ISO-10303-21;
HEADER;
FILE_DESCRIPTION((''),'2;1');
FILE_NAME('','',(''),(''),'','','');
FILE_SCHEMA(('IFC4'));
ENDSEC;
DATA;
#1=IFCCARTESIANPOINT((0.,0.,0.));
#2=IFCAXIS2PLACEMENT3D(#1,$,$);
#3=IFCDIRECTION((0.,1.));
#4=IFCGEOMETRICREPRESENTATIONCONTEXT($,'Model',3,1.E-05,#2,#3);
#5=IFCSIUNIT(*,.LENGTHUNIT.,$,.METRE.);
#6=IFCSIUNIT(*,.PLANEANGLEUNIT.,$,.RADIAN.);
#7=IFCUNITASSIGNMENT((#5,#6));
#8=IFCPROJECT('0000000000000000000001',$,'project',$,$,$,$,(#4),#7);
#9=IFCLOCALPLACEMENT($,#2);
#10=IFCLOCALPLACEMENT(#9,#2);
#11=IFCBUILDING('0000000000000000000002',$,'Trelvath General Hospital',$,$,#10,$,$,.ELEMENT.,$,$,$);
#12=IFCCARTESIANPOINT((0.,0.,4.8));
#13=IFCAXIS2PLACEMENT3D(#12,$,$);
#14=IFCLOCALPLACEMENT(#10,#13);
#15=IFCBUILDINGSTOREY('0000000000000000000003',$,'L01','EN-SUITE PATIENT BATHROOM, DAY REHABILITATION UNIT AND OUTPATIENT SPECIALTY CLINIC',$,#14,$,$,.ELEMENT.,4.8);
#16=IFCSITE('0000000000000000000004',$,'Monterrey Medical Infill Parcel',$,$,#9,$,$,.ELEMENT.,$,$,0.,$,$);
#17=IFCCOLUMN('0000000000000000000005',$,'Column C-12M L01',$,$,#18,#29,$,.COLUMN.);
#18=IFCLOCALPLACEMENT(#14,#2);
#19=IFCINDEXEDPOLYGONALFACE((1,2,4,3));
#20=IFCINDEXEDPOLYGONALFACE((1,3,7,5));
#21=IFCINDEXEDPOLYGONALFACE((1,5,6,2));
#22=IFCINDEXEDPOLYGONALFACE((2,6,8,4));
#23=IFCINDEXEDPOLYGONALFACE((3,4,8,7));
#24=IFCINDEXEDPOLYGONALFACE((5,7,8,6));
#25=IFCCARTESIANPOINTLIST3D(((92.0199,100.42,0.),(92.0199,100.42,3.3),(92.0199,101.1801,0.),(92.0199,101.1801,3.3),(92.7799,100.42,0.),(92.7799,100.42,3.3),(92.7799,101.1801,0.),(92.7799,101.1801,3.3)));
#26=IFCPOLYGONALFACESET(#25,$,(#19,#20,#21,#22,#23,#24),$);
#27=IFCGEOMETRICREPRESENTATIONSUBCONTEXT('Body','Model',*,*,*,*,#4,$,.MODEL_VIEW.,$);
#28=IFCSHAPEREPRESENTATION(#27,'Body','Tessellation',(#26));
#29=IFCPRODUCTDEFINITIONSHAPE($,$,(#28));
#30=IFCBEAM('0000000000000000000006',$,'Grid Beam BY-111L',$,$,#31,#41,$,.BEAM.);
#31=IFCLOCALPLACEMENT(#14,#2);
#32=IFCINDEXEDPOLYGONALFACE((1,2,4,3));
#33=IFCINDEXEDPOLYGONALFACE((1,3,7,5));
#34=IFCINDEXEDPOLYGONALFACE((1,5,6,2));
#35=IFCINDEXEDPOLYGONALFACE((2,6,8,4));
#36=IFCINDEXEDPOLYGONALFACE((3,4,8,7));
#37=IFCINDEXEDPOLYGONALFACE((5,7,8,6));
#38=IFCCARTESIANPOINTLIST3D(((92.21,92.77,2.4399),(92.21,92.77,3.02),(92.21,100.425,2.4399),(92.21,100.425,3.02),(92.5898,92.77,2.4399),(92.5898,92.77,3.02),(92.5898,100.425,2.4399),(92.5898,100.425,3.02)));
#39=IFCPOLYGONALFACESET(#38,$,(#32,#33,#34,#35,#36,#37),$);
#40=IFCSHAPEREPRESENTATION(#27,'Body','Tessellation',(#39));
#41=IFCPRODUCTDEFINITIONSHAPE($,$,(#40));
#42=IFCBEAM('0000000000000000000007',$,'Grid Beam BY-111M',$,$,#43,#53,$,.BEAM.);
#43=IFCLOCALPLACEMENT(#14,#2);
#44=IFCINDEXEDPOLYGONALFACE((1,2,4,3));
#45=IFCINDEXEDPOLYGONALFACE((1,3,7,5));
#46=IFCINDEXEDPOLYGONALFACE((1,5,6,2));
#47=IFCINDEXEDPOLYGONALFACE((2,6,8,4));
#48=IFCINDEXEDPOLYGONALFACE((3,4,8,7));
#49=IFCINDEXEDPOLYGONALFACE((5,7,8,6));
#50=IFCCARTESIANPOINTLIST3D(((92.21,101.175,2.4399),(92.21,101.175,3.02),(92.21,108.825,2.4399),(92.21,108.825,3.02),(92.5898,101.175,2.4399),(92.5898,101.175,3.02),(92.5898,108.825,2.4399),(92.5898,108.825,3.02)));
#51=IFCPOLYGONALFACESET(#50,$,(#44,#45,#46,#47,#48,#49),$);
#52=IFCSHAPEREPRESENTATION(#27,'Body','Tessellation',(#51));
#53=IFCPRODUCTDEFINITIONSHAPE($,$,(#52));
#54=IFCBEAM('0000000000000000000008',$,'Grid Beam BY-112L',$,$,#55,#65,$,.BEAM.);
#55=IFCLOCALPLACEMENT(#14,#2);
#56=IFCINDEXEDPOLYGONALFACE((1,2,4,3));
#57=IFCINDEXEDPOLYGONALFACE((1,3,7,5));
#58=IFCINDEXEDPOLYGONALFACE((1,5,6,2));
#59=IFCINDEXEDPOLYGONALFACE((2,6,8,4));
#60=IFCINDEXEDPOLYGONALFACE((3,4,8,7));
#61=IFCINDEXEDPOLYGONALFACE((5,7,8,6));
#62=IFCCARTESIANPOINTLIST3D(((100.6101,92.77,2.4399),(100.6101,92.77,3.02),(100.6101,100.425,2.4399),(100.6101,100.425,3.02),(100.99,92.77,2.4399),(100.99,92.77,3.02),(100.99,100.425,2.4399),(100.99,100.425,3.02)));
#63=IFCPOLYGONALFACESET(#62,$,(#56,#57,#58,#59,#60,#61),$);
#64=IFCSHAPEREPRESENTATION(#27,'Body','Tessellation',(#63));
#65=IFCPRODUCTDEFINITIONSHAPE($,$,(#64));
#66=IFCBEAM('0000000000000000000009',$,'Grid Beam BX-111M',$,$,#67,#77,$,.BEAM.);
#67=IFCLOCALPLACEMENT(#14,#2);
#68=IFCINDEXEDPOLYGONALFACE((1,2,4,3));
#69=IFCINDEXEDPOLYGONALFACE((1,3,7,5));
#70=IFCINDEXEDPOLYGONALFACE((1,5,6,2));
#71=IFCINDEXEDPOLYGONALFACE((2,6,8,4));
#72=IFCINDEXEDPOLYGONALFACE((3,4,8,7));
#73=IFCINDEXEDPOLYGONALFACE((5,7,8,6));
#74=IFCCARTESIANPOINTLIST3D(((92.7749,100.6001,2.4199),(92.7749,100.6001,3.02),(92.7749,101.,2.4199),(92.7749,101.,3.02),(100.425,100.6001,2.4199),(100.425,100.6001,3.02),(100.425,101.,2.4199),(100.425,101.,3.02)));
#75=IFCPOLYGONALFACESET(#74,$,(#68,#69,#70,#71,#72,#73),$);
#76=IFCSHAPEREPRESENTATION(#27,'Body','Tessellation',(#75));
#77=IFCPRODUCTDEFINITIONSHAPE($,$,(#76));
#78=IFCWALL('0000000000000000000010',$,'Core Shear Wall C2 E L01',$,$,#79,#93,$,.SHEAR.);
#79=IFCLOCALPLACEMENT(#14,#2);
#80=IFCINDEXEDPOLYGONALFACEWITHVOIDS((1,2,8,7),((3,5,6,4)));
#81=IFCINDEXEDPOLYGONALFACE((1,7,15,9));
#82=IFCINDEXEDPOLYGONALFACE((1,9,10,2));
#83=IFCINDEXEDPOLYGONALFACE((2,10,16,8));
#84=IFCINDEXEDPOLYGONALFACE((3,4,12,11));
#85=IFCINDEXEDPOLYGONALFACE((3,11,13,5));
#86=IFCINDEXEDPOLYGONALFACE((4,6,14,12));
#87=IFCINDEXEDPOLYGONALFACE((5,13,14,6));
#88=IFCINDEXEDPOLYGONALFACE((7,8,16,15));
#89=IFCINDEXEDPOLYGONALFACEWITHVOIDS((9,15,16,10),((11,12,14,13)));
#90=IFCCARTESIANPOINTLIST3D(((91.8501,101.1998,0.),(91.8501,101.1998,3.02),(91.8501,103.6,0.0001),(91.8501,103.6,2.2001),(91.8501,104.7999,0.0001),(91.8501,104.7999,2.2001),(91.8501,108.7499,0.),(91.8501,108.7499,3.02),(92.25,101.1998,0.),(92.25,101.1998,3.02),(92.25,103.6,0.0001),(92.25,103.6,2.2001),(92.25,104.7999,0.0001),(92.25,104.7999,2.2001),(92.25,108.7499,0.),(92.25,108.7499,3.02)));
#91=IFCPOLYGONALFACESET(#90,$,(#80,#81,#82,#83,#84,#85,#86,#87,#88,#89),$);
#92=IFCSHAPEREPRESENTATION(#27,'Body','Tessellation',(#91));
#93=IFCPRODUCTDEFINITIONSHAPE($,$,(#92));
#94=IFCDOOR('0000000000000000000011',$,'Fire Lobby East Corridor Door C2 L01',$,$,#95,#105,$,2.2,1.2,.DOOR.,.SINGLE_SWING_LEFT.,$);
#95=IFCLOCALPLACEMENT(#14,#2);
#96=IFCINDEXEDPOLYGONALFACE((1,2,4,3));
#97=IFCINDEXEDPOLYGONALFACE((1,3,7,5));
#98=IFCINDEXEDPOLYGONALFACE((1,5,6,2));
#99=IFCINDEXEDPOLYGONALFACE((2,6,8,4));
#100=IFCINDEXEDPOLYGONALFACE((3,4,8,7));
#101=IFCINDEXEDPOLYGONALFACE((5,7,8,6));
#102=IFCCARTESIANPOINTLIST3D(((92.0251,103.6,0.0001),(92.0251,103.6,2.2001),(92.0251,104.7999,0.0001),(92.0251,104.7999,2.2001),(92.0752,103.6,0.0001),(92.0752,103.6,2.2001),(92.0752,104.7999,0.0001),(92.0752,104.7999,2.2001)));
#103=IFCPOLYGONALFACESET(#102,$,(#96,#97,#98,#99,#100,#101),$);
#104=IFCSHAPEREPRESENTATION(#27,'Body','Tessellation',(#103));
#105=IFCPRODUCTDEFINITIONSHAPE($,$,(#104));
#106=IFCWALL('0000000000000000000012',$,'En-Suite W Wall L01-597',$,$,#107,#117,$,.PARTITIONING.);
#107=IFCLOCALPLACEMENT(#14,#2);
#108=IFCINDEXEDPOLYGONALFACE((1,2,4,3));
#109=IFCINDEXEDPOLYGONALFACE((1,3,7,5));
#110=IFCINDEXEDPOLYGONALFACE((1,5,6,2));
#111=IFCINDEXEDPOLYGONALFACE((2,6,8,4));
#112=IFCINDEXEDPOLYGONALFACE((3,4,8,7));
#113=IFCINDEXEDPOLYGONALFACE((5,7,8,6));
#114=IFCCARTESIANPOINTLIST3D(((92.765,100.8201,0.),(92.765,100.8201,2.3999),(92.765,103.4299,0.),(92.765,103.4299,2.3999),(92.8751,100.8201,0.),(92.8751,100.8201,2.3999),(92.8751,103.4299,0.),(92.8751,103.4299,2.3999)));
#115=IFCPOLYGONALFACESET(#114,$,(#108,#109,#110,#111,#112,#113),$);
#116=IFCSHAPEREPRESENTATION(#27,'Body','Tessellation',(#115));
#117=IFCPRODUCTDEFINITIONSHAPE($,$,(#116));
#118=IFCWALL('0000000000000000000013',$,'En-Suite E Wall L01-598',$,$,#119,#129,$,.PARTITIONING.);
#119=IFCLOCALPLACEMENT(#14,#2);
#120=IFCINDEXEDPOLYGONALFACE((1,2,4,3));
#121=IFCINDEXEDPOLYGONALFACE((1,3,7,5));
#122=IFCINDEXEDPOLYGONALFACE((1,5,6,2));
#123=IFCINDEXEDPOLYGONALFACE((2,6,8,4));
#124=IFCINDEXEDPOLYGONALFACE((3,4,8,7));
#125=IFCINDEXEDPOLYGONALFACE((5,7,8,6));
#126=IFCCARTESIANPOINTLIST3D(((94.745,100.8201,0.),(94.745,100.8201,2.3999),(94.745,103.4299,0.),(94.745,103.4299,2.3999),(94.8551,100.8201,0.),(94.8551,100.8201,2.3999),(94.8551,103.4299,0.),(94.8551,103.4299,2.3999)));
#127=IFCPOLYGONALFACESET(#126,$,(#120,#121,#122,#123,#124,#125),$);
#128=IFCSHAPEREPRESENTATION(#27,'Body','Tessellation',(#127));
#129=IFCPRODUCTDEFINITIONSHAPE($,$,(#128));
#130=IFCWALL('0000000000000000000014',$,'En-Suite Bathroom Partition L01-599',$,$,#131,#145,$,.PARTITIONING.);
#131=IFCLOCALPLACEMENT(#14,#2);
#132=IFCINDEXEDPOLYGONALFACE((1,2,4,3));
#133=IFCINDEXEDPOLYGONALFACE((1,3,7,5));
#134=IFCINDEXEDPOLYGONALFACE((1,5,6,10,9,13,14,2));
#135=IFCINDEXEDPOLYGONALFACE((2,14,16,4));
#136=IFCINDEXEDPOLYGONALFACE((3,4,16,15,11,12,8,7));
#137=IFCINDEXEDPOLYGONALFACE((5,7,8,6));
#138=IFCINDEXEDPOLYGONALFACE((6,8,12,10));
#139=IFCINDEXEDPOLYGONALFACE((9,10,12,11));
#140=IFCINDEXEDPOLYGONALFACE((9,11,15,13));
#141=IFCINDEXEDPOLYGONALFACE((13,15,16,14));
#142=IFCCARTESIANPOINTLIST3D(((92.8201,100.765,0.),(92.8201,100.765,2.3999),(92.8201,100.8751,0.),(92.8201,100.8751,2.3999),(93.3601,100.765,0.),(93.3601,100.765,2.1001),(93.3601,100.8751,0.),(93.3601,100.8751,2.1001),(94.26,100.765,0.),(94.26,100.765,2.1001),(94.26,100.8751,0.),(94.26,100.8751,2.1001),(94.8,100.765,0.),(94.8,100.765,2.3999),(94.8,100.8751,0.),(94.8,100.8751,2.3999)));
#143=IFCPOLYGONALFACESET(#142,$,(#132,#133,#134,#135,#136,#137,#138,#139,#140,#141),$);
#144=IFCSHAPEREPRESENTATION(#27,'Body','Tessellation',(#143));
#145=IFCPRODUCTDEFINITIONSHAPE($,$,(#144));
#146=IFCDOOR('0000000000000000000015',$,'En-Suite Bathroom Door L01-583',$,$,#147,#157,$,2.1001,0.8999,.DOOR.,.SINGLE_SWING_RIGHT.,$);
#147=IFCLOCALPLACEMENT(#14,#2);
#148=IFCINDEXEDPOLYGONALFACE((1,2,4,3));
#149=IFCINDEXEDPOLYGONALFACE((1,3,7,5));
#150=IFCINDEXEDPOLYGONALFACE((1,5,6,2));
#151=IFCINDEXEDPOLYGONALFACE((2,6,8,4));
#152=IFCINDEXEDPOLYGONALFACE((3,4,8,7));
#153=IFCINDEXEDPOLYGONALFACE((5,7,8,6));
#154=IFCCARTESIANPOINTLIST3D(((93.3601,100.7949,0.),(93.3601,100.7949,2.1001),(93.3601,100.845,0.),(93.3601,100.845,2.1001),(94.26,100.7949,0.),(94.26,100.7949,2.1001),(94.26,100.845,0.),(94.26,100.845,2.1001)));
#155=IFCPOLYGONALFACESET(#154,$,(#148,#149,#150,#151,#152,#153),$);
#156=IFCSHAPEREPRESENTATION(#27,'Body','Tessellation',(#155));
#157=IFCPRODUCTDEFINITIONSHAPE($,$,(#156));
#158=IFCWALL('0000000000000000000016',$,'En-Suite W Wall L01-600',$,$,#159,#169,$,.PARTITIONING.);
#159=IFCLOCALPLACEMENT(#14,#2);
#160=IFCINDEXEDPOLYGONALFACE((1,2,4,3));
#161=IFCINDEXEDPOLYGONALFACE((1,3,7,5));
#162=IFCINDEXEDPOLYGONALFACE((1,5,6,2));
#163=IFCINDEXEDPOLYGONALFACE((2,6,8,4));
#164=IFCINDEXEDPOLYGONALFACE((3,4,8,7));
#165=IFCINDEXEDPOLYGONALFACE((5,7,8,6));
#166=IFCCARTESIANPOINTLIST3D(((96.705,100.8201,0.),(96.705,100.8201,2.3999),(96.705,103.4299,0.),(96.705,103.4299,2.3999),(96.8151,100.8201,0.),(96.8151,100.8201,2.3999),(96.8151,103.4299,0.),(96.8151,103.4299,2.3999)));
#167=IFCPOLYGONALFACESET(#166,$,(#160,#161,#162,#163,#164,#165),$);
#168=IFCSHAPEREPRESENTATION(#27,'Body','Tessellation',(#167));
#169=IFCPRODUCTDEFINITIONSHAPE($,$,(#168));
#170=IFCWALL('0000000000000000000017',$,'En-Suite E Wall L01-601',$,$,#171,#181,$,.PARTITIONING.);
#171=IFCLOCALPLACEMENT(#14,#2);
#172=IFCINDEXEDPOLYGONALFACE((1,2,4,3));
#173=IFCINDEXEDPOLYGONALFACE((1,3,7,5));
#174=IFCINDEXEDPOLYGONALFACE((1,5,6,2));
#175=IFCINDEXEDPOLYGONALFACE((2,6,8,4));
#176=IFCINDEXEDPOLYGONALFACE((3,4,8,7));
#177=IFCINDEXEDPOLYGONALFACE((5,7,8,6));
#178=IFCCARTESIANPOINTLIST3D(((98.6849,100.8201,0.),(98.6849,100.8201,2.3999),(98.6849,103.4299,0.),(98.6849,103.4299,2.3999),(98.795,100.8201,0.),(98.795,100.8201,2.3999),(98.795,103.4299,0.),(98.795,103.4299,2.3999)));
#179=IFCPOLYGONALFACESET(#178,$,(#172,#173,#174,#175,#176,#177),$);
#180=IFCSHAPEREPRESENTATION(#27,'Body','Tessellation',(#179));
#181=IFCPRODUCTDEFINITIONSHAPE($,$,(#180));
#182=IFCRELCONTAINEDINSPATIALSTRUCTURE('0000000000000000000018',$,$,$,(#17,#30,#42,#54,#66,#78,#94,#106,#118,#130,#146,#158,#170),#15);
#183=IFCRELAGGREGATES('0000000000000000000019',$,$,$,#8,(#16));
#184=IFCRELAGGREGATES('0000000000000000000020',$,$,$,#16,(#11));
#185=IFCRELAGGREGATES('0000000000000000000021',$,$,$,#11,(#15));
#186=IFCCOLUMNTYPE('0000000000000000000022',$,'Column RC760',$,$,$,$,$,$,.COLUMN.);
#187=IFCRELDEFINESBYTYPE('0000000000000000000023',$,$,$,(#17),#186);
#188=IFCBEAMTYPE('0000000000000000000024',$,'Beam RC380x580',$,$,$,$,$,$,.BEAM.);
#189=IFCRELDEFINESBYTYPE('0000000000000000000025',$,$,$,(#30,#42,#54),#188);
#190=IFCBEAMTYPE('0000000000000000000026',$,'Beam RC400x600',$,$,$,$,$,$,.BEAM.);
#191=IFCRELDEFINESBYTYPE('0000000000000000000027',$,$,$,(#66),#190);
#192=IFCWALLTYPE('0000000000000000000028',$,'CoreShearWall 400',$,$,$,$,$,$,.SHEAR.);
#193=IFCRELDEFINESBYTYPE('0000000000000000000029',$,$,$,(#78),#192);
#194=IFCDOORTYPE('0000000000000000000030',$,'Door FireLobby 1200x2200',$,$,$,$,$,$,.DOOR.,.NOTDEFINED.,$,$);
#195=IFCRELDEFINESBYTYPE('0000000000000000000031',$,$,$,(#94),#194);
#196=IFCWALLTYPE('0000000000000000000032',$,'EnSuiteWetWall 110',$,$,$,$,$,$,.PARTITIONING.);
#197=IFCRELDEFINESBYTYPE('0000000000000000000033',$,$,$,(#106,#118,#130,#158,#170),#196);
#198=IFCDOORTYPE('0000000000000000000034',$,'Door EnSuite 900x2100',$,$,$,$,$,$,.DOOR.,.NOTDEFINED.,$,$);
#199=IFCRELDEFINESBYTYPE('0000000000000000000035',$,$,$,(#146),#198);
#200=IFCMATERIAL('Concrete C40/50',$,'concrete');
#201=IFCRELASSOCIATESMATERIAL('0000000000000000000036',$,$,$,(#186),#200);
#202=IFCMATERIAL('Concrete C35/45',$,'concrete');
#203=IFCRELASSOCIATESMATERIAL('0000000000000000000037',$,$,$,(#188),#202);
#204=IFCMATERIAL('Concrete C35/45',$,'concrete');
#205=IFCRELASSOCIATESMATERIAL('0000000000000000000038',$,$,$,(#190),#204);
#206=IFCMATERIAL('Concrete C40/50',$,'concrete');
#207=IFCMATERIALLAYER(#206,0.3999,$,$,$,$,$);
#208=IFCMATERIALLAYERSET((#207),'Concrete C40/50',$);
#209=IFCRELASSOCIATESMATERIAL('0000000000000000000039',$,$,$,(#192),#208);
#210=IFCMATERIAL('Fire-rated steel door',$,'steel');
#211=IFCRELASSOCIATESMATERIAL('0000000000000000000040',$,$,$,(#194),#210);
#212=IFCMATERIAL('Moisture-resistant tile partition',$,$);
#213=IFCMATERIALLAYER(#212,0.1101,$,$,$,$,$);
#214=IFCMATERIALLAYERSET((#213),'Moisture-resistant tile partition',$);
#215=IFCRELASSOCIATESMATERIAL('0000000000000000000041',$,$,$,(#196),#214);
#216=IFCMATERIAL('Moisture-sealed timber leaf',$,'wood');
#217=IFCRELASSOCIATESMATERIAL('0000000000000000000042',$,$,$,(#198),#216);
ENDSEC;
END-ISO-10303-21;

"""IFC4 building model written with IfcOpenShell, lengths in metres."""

from ifc_helpers import new_model, si_unit, direction, frame, frame_2d, origin, origin_2d, place, context, subcontext, project, spatial, rectangle, extrude, material, layer, layer_set, material_profile, profile_set, type_object, element, fill, save


model = new_model("IFC4")

# Units and contexts
model_context = context("Model", 3, precision=1e-05, world=origin(), true_north=direction((0.0, 1.0)))
body_context = subcontext(model_context, "Body", "Model", "MODEL_VIEW")
ifc_project = project(units=[si_unit("LENGTHUNIT", "METRE"), si_unit("PLANEANGLEUNIT", "RADIAN")], contexts=[model_context])

# Site, building, storey
site_placement = place(None, origin())
site = spatial("IfcSite", under=ifc_project, at=site_placement, Name="Monterrey Medical Infill Parcel", CompositionType="ELEMENT", RefElevation=0.0)
building_placement = place(site_placement, origin())
building = spatial("IfcBuilding", under=site, at=building_placement, Name="Trelvath General Hospital", CompositionType="ELEMENT")
storey_placement = place(building_placement, frame((0.0, 0.0, 4.8)))
storey = spatial("IfcBuildingStorey", under=building, at=storey_placement, Name="L01", Description="EN-SUITE PATIENT BATHROOM, DAY REHABILITATION UNIT AND OUTPATIENT SPECIALTY CLINIC", CompositionType="ELEMENT", Elevation=4.8)

# Column
ifc_material_1 = material(Name="Concrete C40/50", Category="concrete")
ifc_material_profile_1 = material_profile(ifc_material_1, rectangle(XDim=0.76, YDim=0.76, at=origin_2d()), Name="RC760x760")
ifc_profile_set_1 = profile_set([ifc_material_profile_1], Name="Concrete C40/50")
column_type = type_object("IfcColumnType", Name="Column RC760", PredefinedType="COLUMN", material=ifc_profile_set_1)
column_placement = place(storey_placement, frame((92.3999, 100.8, 0.0), z_axis=(0.0, 0.0, 1.0), x_axis=(1.0, 0.0, 0.0)))
element("IfcColumn", 1, at=column_placement, inside=storey, type_object=column_type, Name="Column C-12M L01", PredefinedType="COLUMN", context=body_context, shape_type="SweptSolid", body=[
    extrude(rectangle(XDim=0.76, YDim=0.76, at=origin_2d()), origin(), (0.0, 0.0, 1.0), 3.3),
])

# Beams
ifc_material_2 = material(Name="Concrete C35/45", Category="concrete")
ifc_material_profile_2 = material_profile(ifc_material_2, rectangle(XDim=0.3799, YDim=0.5801, at=origin_2d()), Name="RCB380x580")
ifc_profile_set_2 = profile_set([ifc_material_profile_2], Name="Concrete C35/45")
beam_type_1 = type_object("IfcBeamType", Name="Beam RC380x580", PredefinedType="BEAM", material=ifc_profile_set_2)
beam_1_placement = place(storey_placement, frame((92.3999, 92.77, 2.73), z_axis=(0.0, 1.0, 0.0), x_axis=(-1.0, 0.0, 0.0)))
element("IfcBeam", 2, at=beam_1_placement, inside=storey, type_object=beam_type_1, Name="Grid Beam BY-111L", PredefinedType="BEAM", context=body_context, shape_type="SweptSolid", body=[
    extrude(rectangle(XDim=0.3799, YDim=0.5801, at=origin_2d()), origin(), (0.0, 0.0, 1.0), 7.655),
])
beam_2_placement = place(storey_placement, frame((92.3999, 101.175, 2.73), z_axis=(0.0, 1.0, 0.0), x_axis=(-1.0, 0.0, 0.0)))
element("IfcBeam", 3, at=beam_2_placement, inside=storey, type_object=beam_type_1, Name="Grid Beam BY-111M", PredefinedType="BEAM", context=body_context, shape_type="SweptSolid", body=[
    extrude(rectangle(XDim=0.3799, YDim=0.5801, at=origin_2d()), origin(), (0.0, 0.0, 1.0), 7.6499),
])
beam_3_placement = place(storey_placement, frame((100.8, 92.77, 2.73), z_axis=(0.0, 1.0, 0.0), x_axis=(-1.0, 0.0, 0.0)))
element("IfcBeam", 4, at=beam_3_placement, inside=storey, type_object=beam_type_1, Name="Grid Beam BY-112L", PredefinedType="BEAM", context=body_context, shape_type="SweptSolid", body=[
    extrude(rectangle(XDim=0.3799, YDim=0.5801, at=origin_2d()), origin(), (0.0, 0.0, 1.0), 7.655),
])
ifc_material_3 = material(Name="Concrete C35/45", Category="concrete")
ifc_material_profile_3 = material_profile(ifc_material_3, rectangle(XDim=0.3999, YDim=0.6001, at=origin_2d()), Name="RCB400x600")
ifc_profile_set_3 = profile_set([ifc_material_profile_3], Name="Concrete C35/45")
beam_type_2 = type_object("IfcBeamType", Name="Beam RC400x600", PredefinedType="BEAM", material=ifc_profile_set_3)
beam_4_placement = place(storey_placement, frame((92.7749, 100.8, 2.72), z_axis=(1.0, 0.0, 0.0), x_axis=(0.0, 1.0, 0.0)))
element("IfcBeam", 5, at=beam_4_placement, inside=storey, type_object=beam_type_2, Name="Grid Beam BX-111M", PredefinedType="BEAM", context=body_context, shape_type="SweptSolid", body=[
    extrude(rectangle(XDim=0.3999, YDim=0.6001, at=origin_2d()), origin(), (0.0, 0.0, 1.0), 7.6501),
])

# Wall, opening, door
ifc_material_4 = material(Name="Concrete C40/50", Category="concrete")
ifc_layer_1 = layer(ifc_material_4, 0.3999)
ifc_layer_set_1 = layer_set([ifc_layer_1], Name="Concrete C40/50")
wall_type_1 = type_object("IfcWallType", Name="CoreShearWall 400", PredefinedType="SHEAR", material=ifc_layer_set_1)
wall_1_placement = place(storey_placement, frame((92.05, 101.2, 0.0), z_axis=(0.0, 0.0, 1.0), x_axis=(0.0, 1.0, 0.0)))
wall_1 = element("IfcWall", 6, at=wall_1_placement, inside=storey, type_object=wall_type_1, Name="Core Shear Wall C2 E L01", PredefinedType="SHEAR", context=body_context, shape_type="SweptSolid", body=[
    extrude(rectangle(XDim=7.55, YDim=0.3999, at=frame_2d((3.7749, 0.0))), origin(), (0.0, 0.0, 1.0), 3.02),
])
opening_1_placement = place(wall_1_placement, frame((2.3999, 0.0, 0.0)))
opening_1 = element("IfcOpeningElement", 7, at=opening_1_placement, cuts=wall_1, PredefinedType="OPENING", context=body_context, shape_type="SweptSolid", body=[
    extrude(rectangle(XDim=1.2, YDim=2.2, at=frame_2d((0.6001, 1.1001))), frame((0.0, 0.21, 0.0), z_axis=(0.0, -1.0, 0.0), x_axis=(1.0, 0.0, 0.0)), (0.0, 0.0, 1.0), 0.4199),
])
ifc_material_5 = material(Name="Fire-rated steel door", Category="steel")
door_type_1 = type_object("IfcDoorType", Name="Door FireLobby 1200x2200", OperationType="NOTDEFINED", PredefinedType="DOOR", material=ifc_material_5)
door_1_placement = place(opening_1_placement, origin())
door_1 = element("IfcDoor", 8, at=door_1_placement, inside=storey, type_object=door_type_1, Name="Fire Lobby East Corridor Door C2 L01", OperationType="SINGLE_SWING_LEFT", OverallHeight=2.2, OverallWidth=1.2, PredefinedType="DOOR", context=body_context, shape_type="SweptSolid", body=[
    extrude(rectangle(XDim=1.2, YDim=2.2, at=frame_2d((0.6001, 1.1001))), frame((0.0, 0.0249, 0.0), z_axis=(0.0, -1.0, 0.0), x_axis=(1.0, 0.0, 0.0)), (0.0, 0.0, 1.0), 0.05),
])
fill(opening_1, door_1)

# Walls
ifc_material_6 = material(Name="Moisture-resistant tile partition")
ifc_layer_2 = layer(ifc_material_6, 0.1101)
ifc_layer_set_2 = layer_set([ifc_layer_2], Name="Moisture-resistant tile partition")
wall_type_2 = type_object("IfcWallType", Name="EnSuiteWetWall 110", PredefinedType="PARTITIONING", material=ifc_layer_set_2)
for number, where, z_axis, x_axis, name in (
    (9, (92.8201, 100.8201, 0.0), (0.0, 0.0, 1.0), (0.0, 1.0, 0.0), "En-Suite W Wall L01-597"),
    (10, (94.8, 100.8201, 0.0), (0.0, 0.0, 1.0), (0.0, 1.0, 0.0), "En-Suite E Wall L01-598"),
):
    element("IfcWall", number, at=place(storey_placement, frame(where, z_axis=z_axis, x_axis=x_axis)), inside=storey, type_object=wall_type_2, Name=name, PredefinedType="PARTITIONING", context=body_context, shape_type="SweptSolid", body=[
        extrude(rectangle(XDim=2.6099, YDim=0.1101, at=frame_2d((1.3049, 0.0))), origin(), (0.0, 0.0, 1.0), 2.3999),
    ])

# Wall, opening, door
wall_2_placement = place(storey_placement, frame((92.8201, 100.8201, 0.0), z_axis=(0.0, 0.0, 1.0), x_axis=(1.0, 0.0, 0.0)))
wall_2 = element("IfcWall", 11, at=wall_2_placement, inside=storey, type_object=wall_type_2, Name="En-Suite Bathroom Partition L01-599", PredefinedType="PARTITIONING", context=body_context, shape_type="SweptSolid", body=[
    extrude(rectangle(XDim=1.98, YDim=0.1101, at=frame_2d((0.99, 0.0))), origin(), (0.0, 0.0, 1.0), 2.3999),
])
opening_2_placement = place(wall_2_placement, frame((0.54, 0.0, 0.0)))
opening_2 = element("IfcOpeningElement", 12, at=opening_2_placement, cuts=wall_2, PredefinedType="OPENING", context=body_context, shape_type="SweptSolid", body=[
    extrude(rectangle(XDim=0.8999, YDim=2.1001, at=frame_2d((0.45, 1.05))), frame((0.0, 0.0649, 0.0), z_axis=(0.0, -1.0, 0.0), x_axis=(1.0, 0.0, 0.0)), (0.0, 0.0, 1.0), 0.1301),
])
ifc_material_7 = material(Name="Moisture-sealed timber leaf", Category="wood")
door_type_2 = type_object("IfcDoorType", Name="Door EnSuite 900x2100", OperationType="NOTDEFINED", PredefinedType="DOOR", material=ifc_material_7)
door_2_placement = place(opening_2_placement, origin())
door_2 = element("IfcDoor", 13, at=door_2_placement, inside=storey, type_object=door_type_2, Name="En-Suite Bathroom Door L01-583", OperationType="SINGLE_SWING_RIGHT", OverallHeight=2.1001, OverallWidth=0.8999, PredefinedType="DOOR", context=body_context, shape_type="SweptSolid", body=[
    extrude(rectangle(XDim=0.8999, YDim=2.1001, at=frame_2d((0.45, 1.05))), frame((0.0, 0.0249, 0.0), z_axis=(0.0, -1.0, 0.0), x_axis=(1.0, 0.0, 0.0)), (0.0, 0.0, 1.0), 0.05),
])
fill(opening_2, door_2)

# Walls
for number, where, z_axis, x_axis, name in (
    (14, (96.76, 100.8201, 0.0), (0.0, 0.0, 1.0), (0.0, 1.0, 0.0), "En-Suite W Wall L01-600"),
    (15, (98.74, 100.8201, 0.0), (0.0, 0.0, 1.0), (0.0, 1.0, 0.0), "En-Suite E Wall L01-601"),
):
    element("IfcWall", number, at=place(storey_placement, frame(where, z_axis=z_axis, x_axis=x_axis)), inside=storey, type_object=wall_type_2, Name=name, PredefinedType="PARTITIONING", context=body_context, shape_type="SweptSolid", body=[
        extrude(rectangle(XDim=2.6099, YDim=0.1101, at=frame_2d((1.3049, 0.0))), origin(), (0.0, 0.0, 1.0), 2.3999),
    ])

save(model, "model.ifc")
